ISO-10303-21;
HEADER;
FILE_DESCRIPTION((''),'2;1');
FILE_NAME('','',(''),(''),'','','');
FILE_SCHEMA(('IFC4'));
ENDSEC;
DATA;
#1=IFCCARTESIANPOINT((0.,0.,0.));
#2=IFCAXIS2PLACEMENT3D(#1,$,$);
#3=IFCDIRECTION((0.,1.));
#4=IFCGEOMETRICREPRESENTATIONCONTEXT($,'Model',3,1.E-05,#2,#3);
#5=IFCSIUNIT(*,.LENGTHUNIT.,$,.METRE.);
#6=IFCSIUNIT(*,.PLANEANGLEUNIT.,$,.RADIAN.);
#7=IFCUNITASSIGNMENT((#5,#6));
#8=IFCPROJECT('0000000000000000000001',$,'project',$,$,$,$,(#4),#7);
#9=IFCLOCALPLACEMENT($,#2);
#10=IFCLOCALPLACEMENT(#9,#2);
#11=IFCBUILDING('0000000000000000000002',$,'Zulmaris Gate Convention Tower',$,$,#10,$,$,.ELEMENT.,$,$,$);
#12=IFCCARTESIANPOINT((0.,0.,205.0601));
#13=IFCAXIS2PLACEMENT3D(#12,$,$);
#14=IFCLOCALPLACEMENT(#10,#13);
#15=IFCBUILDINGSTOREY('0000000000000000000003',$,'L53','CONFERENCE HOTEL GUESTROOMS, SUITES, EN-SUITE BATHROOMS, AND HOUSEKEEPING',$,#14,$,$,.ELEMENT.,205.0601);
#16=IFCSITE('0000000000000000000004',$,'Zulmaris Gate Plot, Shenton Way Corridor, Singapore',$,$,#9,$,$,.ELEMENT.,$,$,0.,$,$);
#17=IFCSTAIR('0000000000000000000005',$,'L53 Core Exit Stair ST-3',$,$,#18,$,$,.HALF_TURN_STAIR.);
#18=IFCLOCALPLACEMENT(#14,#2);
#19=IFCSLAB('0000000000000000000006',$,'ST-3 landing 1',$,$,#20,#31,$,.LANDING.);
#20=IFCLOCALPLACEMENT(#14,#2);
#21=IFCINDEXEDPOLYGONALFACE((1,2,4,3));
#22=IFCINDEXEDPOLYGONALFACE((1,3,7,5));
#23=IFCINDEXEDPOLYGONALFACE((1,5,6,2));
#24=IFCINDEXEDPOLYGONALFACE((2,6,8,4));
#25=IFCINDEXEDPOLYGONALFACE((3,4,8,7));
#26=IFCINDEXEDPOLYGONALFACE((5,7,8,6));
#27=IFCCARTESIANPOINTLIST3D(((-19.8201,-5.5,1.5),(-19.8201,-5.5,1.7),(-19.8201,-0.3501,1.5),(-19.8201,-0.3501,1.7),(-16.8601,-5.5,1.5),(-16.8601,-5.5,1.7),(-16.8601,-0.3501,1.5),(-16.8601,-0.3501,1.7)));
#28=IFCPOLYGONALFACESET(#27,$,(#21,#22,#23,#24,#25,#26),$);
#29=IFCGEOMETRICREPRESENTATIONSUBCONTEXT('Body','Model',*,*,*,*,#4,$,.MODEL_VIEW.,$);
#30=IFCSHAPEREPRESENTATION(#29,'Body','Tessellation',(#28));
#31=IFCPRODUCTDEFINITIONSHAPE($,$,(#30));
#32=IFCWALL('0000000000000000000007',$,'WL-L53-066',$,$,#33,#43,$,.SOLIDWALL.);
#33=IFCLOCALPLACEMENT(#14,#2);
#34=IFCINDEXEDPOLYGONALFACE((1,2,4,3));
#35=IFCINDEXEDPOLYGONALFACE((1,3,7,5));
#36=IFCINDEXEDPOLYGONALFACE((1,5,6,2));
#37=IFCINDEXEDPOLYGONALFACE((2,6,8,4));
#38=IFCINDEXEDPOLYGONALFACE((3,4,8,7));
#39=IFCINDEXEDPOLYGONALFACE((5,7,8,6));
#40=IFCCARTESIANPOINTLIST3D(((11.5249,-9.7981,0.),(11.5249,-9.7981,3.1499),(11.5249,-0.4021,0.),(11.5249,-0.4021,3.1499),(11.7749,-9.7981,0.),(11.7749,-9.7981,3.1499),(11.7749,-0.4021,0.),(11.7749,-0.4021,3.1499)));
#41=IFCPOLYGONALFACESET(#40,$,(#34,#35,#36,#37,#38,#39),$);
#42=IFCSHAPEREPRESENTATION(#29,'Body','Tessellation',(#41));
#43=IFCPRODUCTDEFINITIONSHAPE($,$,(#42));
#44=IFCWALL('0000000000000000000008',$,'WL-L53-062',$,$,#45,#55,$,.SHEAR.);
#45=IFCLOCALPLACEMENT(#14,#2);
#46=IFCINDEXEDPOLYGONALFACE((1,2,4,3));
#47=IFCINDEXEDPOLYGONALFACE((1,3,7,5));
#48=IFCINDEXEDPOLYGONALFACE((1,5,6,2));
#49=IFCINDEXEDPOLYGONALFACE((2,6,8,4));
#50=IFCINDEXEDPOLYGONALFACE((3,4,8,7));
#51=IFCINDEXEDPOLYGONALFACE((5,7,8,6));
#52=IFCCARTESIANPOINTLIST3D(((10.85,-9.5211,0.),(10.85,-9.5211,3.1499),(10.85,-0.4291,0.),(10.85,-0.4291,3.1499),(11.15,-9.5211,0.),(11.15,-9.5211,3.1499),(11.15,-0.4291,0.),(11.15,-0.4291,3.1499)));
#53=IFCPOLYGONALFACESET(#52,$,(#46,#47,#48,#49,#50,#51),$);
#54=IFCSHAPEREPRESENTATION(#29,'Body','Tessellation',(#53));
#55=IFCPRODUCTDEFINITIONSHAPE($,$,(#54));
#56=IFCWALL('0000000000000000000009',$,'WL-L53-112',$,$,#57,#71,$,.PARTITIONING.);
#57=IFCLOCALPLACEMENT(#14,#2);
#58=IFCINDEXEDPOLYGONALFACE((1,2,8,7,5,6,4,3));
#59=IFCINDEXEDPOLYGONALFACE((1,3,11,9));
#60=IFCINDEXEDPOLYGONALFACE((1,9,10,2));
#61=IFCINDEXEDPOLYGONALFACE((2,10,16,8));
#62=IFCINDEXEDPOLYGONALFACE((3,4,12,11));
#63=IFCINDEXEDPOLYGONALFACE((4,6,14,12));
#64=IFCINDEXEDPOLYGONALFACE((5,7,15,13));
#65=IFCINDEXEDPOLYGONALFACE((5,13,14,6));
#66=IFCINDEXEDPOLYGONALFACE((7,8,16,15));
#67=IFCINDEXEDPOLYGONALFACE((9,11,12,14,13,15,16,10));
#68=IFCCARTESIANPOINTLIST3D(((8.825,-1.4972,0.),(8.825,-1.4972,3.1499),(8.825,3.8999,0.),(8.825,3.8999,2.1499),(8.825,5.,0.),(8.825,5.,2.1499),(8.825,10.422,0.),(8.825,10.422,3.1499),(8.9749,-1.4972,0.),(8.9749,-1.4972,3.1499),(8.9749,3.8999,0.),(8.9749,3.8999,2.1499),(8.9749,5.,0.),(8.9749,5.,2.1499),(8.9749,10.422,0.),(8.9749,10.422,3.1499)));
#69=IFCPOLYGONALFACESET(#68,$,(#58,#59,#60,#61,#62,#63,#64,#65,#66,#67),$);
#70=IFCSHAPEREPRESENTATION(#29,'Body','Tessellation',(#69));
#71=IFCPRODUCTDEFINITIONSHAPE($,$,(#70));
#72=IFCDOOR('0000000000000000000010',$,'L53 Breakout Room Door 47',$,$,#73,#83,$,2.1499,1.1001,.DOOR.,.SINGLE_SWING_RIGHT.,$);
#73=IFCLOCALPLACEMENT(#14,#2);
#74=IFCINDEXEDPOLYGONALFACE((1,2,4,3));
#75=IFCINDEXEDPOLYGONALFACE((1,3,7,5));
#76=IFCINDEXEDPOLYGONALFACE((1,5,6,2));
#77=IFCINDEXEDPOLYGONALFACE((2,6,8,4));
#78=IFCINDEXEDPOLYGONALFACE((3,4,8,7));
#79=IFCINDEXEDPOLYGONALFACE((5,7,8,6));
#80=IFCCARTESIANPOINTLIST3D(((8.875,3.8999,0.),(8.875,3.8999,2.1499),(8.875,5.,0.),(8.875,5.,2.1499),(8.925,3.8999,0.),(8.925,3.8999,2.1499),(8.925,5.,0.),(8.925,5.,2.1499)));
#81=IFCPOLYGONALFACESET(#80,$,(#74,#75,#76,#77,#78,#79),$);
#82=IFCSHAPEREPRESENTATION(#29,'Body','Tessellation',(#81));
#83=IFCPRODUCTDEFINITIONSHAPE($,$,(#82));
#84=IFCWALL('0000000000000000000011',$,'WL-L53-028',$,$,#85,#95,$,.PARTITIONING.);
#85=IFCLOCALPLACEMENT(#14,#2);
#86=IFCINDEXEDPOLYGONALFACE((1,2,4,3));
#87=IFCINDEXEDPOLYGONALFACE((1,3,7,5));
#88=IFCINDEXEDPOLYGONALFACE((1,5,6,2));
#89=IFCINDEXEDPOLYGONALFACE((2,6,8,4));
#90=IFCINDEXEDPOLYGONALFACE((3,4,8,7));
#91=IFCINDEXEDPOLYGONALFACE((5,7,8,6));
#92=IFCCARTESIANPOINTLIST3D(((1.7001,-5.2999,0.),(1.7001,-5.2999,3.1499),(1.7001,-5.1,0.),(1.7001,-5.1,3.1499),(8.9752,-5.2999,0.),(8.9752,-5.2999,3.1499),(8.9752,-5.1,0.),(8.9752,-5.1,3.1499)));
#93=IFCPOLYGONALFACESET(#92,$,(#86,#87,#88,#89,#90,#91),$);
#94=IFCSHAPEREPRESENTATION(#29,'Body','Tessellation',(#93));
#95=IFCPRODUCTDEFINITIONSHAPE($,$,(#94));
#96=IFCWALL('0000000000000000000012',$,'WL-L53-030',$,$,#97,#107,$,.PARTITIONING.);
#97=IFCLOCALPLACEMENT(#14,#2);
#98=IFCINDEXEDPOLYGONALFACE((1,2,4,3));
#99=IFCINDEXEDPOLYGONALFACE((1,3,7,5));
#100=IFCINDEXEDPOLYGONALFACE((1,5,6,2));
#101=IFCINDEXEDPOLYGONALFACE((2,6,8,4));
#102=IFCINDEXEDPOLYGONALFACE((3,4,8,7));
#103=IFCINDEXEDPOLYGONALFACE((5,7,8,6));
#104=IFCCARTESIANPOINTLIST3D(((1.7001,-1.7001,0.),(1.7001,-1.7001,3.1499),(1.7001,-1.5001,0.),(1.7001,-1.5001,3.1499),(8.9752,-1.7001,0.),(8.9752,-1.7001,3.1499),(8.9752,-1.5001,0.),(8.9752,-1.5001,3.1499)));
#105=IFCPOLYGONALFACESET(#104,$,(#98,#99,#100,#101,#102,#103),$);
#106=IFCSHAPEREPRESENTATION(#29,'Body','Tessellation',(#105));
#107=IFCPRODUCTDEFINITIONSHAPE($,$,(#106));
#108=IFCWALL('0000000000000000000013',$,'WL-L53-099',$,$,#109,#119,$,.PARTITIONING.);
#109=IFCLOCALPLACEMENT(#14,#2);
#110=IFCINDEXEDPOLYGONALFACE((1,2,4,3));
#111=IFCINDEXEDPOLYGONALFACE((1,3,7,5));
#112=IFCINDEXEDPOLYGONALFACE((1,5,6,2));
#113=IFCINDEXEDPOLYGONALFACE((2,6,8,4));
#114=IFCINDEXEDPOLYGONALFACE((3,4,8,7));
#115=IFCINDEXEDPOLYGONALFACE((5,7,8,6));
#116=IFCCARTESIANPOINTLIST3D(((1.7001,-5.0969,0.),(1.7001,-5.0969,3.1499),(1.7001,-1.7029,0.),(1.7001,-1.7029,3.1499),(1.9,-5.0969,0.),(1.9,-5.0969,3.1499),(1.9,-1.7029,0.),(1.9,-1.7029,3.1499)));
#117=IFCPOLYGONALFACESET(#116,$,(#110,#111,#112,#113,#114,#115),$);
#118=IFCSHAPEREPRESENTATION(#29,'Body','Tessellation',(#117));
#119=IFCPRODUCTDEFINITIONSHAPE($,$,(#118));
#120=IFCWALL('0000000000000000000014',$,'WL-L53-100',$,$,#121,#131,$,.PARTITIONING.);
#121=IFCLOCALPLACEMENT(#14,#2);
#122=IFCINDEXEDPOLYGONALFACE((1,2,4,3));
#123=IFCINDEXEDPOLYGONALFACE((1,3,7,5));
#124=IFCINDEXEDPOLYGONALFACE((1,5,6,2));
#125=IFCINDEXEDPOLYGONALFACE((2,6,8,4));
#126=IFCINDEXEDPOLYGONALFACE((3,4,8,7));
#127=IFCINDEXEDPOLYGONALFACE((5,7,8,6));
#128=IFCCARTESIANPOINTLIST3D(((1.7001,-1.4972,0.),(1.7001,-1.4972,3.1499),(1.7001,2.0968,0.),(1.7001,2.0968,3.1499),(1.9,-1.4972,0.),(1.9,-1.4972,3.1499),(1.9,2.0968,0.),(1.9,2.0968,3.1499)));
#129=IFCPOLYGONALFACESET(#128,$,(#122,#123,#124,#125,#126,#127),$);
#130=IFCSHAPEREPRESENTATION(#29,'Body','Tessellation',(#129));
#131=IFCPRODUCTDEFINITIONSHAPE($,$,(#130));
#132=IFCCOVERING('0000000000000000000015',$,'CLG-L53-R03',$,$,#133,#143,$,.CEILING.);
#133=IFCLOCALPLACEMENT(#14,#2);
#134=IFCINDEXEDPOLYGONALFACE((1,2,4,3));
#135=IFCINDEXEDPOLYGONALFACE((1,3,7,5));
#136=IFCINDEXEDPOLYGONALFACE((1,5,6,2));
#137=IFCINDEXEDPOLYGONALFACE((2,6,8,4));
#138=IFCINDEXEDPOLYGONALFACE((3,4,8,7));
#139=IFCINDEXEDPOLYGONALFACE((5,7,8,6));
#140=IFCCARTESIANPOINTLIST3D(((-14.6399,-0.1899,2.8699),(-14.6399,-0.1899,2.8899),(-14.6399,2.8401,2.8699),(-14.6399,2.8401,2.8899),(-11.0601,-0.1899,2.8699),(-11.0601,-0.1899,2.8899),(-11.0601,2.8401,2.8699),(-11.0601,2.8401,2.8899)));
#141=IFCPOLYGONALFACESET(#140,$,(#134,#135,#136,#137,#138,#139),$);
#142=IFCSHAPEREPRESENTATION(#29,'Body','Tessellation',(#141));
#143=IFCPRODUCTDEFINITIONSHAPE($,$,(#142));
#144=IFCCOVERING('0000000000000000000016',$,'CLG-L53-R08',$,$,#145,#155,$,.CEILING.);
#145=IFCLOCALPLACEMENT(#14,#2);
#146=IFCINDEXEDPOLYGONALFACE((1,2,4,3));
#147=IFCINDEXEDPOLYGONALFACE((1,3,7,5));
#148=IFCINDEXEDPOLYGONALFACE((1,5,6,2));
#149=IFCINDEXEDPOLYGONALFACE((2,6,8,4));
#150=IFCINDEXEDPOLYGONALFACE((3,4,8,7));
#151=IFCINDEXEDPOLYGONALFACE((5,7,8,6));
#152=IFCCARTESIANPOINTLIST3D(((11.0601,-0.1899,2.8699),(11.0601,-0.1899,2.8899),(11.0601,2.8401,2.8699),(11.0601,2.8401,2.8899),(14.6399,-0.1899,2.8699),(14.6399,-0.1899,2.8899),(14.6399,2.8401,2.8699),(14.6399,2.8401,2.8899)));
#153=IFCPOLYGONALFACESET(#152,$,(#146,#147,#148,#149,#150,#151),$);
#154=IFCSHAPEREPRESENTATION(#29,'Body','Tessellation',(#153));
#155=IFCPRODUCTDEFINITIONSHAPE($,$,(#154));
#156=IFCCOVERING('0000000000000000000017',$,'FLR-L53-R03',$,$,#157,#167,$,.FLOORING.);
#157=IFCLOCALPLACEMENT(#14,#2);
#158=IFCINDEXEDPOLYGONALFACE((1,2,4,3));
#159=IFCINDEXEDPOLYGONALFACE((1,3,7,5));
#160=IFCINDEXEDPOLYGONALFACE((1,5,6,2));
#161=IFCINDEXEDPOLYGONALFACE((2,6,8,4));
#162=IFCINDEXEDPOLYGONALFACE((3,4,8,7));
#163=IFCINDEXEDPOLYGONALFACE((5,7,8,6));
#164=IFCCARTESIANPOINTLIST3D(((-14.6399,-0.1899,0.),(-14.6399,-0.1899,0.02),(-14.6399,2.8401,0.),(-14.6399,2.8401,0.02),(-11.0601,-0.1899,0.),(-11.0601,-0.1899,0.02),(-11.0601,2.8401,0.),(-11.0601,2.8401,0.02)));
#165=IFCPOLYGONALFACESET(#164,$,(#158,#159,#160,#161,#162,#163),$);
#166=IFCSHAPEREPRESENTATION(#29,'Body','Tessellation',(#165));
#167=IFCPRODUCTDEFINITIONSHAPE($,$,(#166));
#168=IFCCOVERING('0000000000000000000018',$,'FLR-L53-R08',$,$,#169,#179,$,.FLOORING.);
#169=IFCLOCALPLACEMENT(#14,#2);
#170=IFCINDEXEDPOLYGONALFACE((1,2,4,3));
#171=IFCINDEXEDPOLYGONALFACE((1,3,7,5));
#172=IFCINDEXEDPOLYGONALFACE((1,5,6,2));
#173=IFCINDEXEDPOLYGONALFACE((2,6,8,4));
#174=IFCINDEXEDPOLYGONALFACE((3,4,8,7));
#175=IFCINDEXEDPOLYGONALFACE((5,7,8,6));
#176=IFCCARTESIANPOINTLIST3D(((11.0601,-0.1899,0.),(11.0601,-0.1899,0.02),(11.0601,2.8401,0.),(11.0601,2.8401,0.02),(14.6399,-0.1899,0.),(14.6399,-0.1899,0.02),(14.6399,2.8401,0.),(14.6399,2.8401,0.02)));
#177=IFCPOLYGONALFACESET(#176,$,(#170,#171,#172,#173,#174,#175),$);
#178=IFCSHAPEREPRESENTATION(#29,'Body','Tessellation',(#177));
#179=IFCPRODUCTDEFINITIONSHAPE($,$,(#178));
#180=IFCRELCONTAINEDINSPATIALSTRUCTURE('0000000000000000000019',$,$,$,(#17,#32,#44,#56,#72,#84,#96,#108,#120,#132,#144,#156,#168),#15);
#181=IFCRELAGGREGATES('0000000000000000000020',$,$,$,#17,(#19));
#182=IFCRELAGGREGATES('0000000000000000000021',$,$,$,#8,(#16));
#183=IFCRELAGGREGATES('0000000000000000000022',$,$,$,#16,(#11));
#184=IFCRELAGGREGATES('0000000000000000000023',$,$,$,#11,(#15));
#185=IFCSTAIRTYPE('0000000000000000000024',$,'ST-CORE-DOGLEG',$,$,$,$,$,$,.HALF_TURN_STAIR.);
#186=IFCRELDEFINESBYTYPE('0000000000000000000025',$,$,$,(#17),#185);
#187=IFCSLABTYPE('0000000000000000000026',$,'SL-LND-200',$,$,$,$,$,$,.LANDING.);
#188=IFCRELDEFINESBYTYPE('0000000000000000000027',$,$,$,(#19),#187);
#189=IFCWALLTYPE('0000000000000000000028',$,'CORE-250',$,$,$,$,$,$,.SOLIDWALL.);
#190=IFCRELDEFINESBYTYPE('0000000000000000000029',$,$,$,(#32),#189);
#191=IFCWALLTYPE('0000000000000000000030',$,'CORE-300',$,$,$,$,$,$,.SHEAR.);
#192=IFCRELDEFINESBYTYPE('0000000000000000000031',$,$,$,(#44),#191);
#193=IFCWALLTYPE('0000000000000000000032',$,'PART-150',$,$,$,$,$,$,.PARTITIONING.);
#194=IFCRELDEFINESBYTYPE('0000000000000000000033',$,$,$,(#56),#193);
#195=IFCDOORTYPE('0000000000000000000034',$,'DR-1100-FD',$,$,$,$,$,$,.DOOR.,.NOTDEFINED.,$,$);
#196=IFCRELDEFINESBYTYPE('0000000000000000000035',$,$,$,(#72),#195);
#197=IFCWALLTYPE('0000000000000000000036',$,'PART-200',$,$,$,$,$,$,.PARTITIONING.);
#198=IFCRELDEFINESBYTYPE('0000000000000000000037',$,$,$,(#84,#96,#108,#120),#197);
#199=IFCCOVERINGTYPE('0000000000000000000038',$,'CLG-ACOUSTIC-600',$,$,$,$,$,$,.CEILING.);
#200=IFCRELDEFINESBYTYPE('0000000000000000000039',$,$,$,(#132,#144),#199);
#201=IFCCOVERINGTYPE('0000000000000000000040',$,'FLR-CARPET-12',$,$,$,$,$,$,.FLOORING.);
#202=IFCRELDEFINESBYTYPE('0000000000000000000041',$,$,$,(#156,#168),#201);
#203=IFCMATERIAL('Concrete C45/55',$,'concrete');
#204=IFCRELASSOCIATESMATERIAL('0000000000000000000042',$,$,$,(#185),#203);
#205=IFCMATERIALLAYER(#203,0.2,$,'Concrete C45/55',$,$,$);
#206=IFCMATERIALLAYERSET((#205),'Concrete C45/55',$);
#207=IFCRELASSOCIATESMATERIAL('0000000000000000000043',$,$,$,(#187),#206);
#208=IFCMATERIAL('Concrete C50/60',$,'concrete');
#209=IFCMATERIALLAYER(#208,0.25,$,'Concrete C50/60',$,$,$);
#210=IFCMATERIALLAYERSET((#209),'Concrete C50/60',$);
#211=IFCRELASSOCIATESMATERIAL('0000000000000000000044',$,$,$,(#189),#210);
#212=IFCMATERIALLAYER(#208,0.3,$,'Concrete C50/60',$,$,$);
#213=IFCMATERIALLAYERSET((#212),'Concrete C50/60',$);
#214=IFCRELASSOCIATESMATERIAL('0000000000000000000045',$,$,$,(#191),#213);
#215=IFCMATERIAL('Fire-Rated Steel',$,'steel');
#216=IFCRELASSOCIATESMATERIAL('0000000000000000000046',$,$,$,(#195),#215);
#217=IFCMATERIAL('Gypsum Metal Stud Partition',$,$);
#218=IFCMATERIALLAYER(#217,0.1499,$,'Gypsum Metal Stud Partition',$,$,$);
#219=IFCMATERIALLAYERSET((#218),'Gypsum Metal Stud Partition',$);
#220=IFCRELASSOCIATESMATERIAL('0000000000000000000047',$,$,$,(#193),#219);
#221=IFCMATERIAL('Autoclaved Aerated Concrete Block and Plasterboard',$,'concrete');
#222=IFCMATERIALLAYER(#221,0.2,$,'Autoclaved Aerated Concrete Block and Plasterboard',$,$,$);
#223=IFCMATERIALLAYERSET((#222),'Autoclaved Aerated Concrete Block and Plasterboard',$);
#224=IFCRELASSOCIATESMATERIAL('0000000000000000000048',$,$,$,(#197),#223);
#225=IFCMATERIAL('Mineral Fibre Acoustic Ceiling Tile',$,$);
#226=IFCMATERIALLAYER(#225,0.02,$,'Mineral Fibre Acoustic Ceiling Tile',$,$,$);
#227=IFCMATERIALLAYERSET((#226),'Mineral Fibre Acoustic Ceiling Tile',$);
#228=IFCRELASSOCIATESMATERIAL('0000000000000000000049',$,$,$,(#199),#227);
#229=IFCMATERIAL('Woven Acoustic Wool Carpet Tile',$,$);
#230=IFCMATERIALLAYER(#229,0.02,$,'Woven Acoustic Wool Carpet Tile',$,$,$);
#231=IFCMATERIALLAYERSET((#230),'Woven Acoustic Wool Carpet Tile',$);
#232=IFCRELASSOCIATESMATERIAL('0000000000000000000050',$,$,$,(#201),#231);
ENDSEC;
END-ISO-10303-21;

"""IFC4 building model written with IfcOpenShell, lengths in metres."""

from ifc_helpers import new_model, si_unit, direction, frame, frame_2d, origin, place, context, subcontext, project, spatial, polyline, rectangle, outline, extrude, material, layer, layer_set, type_object, element, fill, aggregate, save


model = new_model("IFC4")

# Units and contexts
model_context = context("Model", 3, precision=1e-05, world=origin(), true_north=direction((0.0, 1.0)))
body_context = subcontext(model_context, "Body", "Model", "MODEL_VIEW")
ifc_project = project(units=[si_unit("LENGTHUNIT", "METRE"), si_unit("PLANEANGLEUNIT", "RADIAN")], contexts=[model_context])

# Site, building, storey
site_placement = place(None, origin())
site = spatial("IfcSite", under=ifc_project, at=site_placement, Name="Zulmaris Gate Plot, Shenton Way Corridor, Singapore", CompositionType="ELEMENT", RefElevation=0.0)
building_placement = place(site_placement, origin())
building = spatial("IfcBuilding", under=site, at=building_placement, Name="Zulmaris Gate Convention Tower", CompositionType="ELEMENT")
storey_placement = place(building_placement, frame((0.0, 0.0, 205.0601)))
storey = spatial("IfcBuildingStorey", under=building, at=storey_placement, Name="L53", Description="CONFERENCE HOTEL GUESTROOMS, SUITES, EN-SUITE BATHROOMS, AND HOUSEKEEPING", CompositionType="ELEMENT", Elevation=205.0601)

# Stair, slab
ifc_material_1 = material(Name="Concrete C45/55", Category="concrete")
stair_type = type_object("IfcStairType", Name="ST-CORE-DOGLEG", PredefinedType="HALF_TURN_STAIR", material=ifc_material_1)
stair_placement = place(storey_placement, origin())
stair = element("IfcStair", 1, at=stair_placement, inside=storey, type_object=stair_type, Name="L53 Core Exit Stair ST-3", PredefinedType="HALF_TURN_STAIR")
ifc_layer_1 = layer(ifc_material_1, 0.2, Name="Concrete C45/55")
ifc_layer_set_1 = layer_set([ifc_layer_1], Name="Concrete C45/55")
slab_type = type_object("IfcSlabType", Name="SL-LND-200", PredefinedType="LANDING", material=ifc_layer_set_1)
slab_placement = place(storey_placement, frame((0.0, 0.0, 1.5)))
slab = element("IfcSlab", 2, at=slab_placement, type_object=slab_type, Name="ST-3 landing 1", PredefinedType="LANDING", context=body_context, shape_type="SweptSolid", body=[
    extrude(outline(polyline([(-16.8601, -5.5), (-16.8601, -0.3501), (-19.8201, -0.3501), (-19.8201, -5.5), (-16.8601, -5.5)])), origin(), (0.0, 0.0, 1.0), 0.2),
])
aggregate(stair, [slab])

# Wall
ifc_material_2 = material(Name="Concrete C50/60", Category="concrete")
ifc_layer_2 = layer(ifc_material_2, 0.25, Name="Concrete C50/60")
ifc_layer_set_2 = layer_set([ifc_layer_2], Name="Concrete C50/60")
wall_type_1 = type_object("IfcWallType", Name="CORE-250", PredefinedType="SOLIDWALL", material=ifc_layer_set_2)
wall_1_placement = place(storey_placement, frame((11.6499, -9.7981, 0.0), z_axis=(0.0, 0.0, 1.0), x_axis=(0.0, 1.0, 0.0)))
element("IfcWall", 3, at=wall_1_placement, inside=storey, type_object=wall_type_1, Name="WL-L53-066", PredefinedType="SOLIDWALL", context=body_context, shape_type="SweptSolid", body=[
    extrude(rectangle(XDim=9.396, YDim=0.25, at=frame_2d((4.698, 0.0))), origin(), (0.0, 0.0, 1.0), 3.1499),
])

# Shared definitions
ifc_layer_3 = layer(ifc_material_2, 0.3, Name="Concrete C50/60")
ifc_layer_set_3 = layer_set([ifc_layer_3], Name="Concrete C50/60")
wall_type_2 = type_object("IfcWallType", Name="CORE-300", PredefinedType="SHEAR", material=ifc_layer_set_3)
ifc_material_3 = material(Name="Fire-Rated Steel", Category="steel")
door_type_1 = type_object("IfcDoorType", Name="DR-1100-FD", OperationType="NOTDEFINED", PredefinedType="DOOR", material=ifc_material_3)

# Wall
wall_2_placement = place(storey_placement, frame((11.0, -9.521, 0.0), z_axis=(0.0, 0.0, 1.0), x_axis=(0.0, 1.0, 0.0)))
element("IfcWall", 4, at=wall_2_placement, inside=storey, type_object=wall_type_2, Name="WL-L53-062", PredefinedType="SHEAR", context=body_context, shape_type="SweptSolid", body=[
    extrude(rectangle(XDim=9.092, YDim=0.3, at=frame_2d((4.5459, 0.0))), origin(), (0.0, 0.0, 1.0), 3.1499),
])

# Wall, opening, door
ifc_material_4 = material(Name="Gypsum Metal Stud Partition")
ifc_layer_4 = layer(ifc_material_4, 0.1499, Name="Gypsum Metal Stud Partition")
ifc_layer_set_4 = layer_set([ifc_layer_4], Name="Gypsum Metal Stud Partition")
wall_type_3 = type_object("IfcWallType", Name="PART-150", PredefinedType="PARTITIONING", material=ifc_layer_set_4)
wall_3_placement = place(storey_placement, frame((8.8999, -1.4971, 0.0), z_axis=(0.0, 0.0, 1.0), x_axis=(0.0, 1.0, 0.0)))
wall_3 = element("IfcWall", 5, at=wall_3_placement, inside=storey, type_object=wall_type_3, Name="WL-L53-112", PredefinedType="PARTITIONING", context=body_context, shape_type="SweptSolid", body=[
    extrude(rectangle(XDim=11.9192, YDim=0.1499, at=frame_2d((5.9595, 0.0))), origin(), (0.0, 0.0, 1.0), 3.1499),
])
opening_1_placement = place(wall_3_placement, frame((5.397, 0.0, 0.0)))
opening_1 = element("IfcOpeningElement", 6, at=opening_1_placement, cuts=wall_3, PredefinedType="OPENING", context=body_context, shape_type="SweptSolid", body=[
    extrude(rectangle(XDim=1.1001, YDim=2.1499, at=frame_2d((0.55, 1.075))), frame((0.0, 0.085, 0.0), z_axis=(0.0, -1.0, 0.0), x_axis=(1.0, 0.0, 0.0)), (0.0, 0.0, 1.0), 0.1699),
])
door_1_placement = place(opening_1_placement, origin())
door_1 = element("IfcDoor", 7, at=door_1_placement, inside=storey, type_object=door_type_1, Name="L53 Breakout Room Door 47", OperationType="SINGLE_SWING_RIGHT", OverallHeight=2.1499, OverallWidth=1.1001, PredefinedType="DOOR", context=body_context, shape_type="SweptSolid", body=[
    extrude(rectangle(XDim=1.1001, YDim=2.1499, at=frame_2d((0.55, 1.075))), frame((0.0, 0.0249, 0.0), z_axis=(0.0, -1.0, 0.0), x_axis=(1.0, 0.0, 0.0)), (0.0, 0.0, 1.0), 0.05),
])
fill(opening_1, door_1)

# Walls
ifc_material_5 = material(Name="Autoclaved Aerated Concrete Block and Plasterboard", Category="concrete")
ifc_layer_5 = layer(ifc_material_5, 0.2, Name="Autoclaved Aerated Concrete Block and Plasterboard")
ifc_layer_set_5 = layer_set([ifc_layer_5], Name="Autoclaved Aerated Concrete Block and Plasterboard")
wall_type_4 = type_object("IfcWallType", Name="PART-200", PredefinedType="PARTITIONING", material=ifc_layer_set_5)
for number, where, z_axis, x_axis, name in (
    (8, (1.7, -5.2, 0.0), (0.0, 0.0, 1.0), (1.0, 0.0, 0.0), "WL-L53-028"),
    (9, (1.7, -1.6001, 0.0), (0.0, 0.0, 1.0), (1.0, 0.0, 0.0), "WL-L53-030"),
):
    element("IfcWall", number, at=place(storey_placement, frame(where, z_axis=z_axis, x_axis=x_axis)), inside=storey, type_object=wall_type_4, Name=name, PredefinedType="PARTITIONING", context=body_context, shape_type="SweptSolid", body=[
        extrude(rectangle(XDim=7.2751, YDim=0.2, at=frame_2d((3.6377, 0.0))), origin(), (0.0, 0.0, 1.0), 3.1499),
    ])
wall_4_placement = place(storey_placement, frame((1.8, -5.0969, 0.0), z_axis=(0.0, 0.0, 1.0), x_axis=(0.0, 1.0, 0.0)))
element("IfcWall", 10, at=wall_4_placement, inside=storey, type_object=wall_type_4, Name="WL-L53-099", PredefinedType="PARTITIONING", context=body_context, shape_type="SweptSolid", body=[
    extrude(rectangle(XDim=3.394, YDim=0.2, at=frame_2d((1.697, 0.0))), origin(), (0.0, 0.0, 1.0), 3.1499),
])
wall_5_placement = place(storey_placement, frame((1.8, -1.4971, 0.0), z_axis=(0.0, 0.0, 1.0), x_axis=(0.0, 1.0, 0.0)))
element("IfcWall", 11, at=wall_5_placement, inside=storey, type_object=wall_type_4, Name="WL-L53-100", PredefinedType="PARTITIONING", context=body_context, shape_type="SweptSolid", body=[
    extrude(rectangle(XDim=3.594, YDim=0.2, at=frame_2d((1.7969, 0.0))), origin(), (0.0, 0.0, 1.0), 3.1499),
])

# Coverings
ifc_material_6 = material(Name="Mineral Fibre Acoustic Ceiling Tile")
ifc_layer_6 = layer(ifc_material_6, 0.02, Name="Mineral Fibre Acoustic Ceiling Tile")
ifc_layer_set_6 = layer_set([ifc_layer_6], Name="Mineral Fibre Acoustic Ceiling Tile")
covering_type_1 = type_object("IfcCoveringType", Name="CLG-ACOUSTIC-600", PredefinedType="CEILING", material=ifc_layer_set_6)
covering_1_placement = place(storey_placement, frame((0.0, 0.0, 2.8699)))
element("IfcCovering", 12, at=covering_1_placement, inside=storey, type_object=covering_type_1, Name="CLG-L53-R03", PredefinedType="CEILING", context=body_context, shape_type="SweptSolid", body=[
    extrude(outline(polyline([(-14.6399, -0.1899), (-11.0601, -0.1899), (-11.0601, 2.8401), (-14.6399, 2.8401), (-14.6399, -0.1899)])), origin(), (0.0, 0.0, 1.0), 0.02),
])
covering_2_placement = place(storey_placement, frame((0.0, 0.0, 2.8699)))
element("IfcCovering", 13, at=covering_2_placement, inside=storey, type_object=covering_type_1, Name="CLG-L53-R08", PredefinedType="CEILING", context=body_context, shape_type="SweptSolid", body=[
    extrude(outline(polyline([(11.0601, -0.1899), (14.6399, -0.1899), (14.6399, 2.8401), (11.0601, 2.8401), (11.0601, -0.1899)])), origin(), (0.0, 0.0, 1.0), 0.02),
])
ifc_material_7 = material(Name="Woven Acoustic Wool Carpet Tile")
ifc_layer_7 = layer(ifc_material_7, 0.02, Name="Woven Acoustic Wool Carpet Tile")
ifc_layer_set_7 = layer_set([ifc_layer_7], Name="Woven Acoustic Wool Carpet Tile")
covering_type_2 = type_object("IfcCoveringType", Name="FLR-CARPET-12", PredefinedType="FLOORING", material=ifc_layer_set_7)
covering_3_placement = place(storey_placement, origin())
element("IfcCovering", 14, at=covering_3_placement, inside=storey, type_object=covering_type_2, Name="FLR-L53-R03", PredefinedType="FLOORING", context=body_context, shape_type="SweptSolid", body=[
    extrude(outline(polyline([(-14.6399, -0.1899), (-11.0601, -0.1899), (-11.0601, 2.8401), (-14.6399, 2.8401), (-14.6399, -0.1899)])), origin(), (0.0, 0.0, 1.0), 0.02),
])
covering_4_placement = place(storey_placement, origin())
element("IfcCovering", 15, at=covering_4_placement, inside=storey, type_object=covering_type_2, Name="FLR-L53-R08", PredefinedType="FLOORING", context=body_context, shape_type="SweptSolid", body=[
    extrude(outline(polyline([(11.0601, -0.1899), (14.6399, -0.1899), (14.6399, 2.8401), (11.0601, 2.8401), (11.0601, -0.1899)])), origin(), (0.0, 0.0, 1.0), 0.02),
])

save(model, "model.ifc")
